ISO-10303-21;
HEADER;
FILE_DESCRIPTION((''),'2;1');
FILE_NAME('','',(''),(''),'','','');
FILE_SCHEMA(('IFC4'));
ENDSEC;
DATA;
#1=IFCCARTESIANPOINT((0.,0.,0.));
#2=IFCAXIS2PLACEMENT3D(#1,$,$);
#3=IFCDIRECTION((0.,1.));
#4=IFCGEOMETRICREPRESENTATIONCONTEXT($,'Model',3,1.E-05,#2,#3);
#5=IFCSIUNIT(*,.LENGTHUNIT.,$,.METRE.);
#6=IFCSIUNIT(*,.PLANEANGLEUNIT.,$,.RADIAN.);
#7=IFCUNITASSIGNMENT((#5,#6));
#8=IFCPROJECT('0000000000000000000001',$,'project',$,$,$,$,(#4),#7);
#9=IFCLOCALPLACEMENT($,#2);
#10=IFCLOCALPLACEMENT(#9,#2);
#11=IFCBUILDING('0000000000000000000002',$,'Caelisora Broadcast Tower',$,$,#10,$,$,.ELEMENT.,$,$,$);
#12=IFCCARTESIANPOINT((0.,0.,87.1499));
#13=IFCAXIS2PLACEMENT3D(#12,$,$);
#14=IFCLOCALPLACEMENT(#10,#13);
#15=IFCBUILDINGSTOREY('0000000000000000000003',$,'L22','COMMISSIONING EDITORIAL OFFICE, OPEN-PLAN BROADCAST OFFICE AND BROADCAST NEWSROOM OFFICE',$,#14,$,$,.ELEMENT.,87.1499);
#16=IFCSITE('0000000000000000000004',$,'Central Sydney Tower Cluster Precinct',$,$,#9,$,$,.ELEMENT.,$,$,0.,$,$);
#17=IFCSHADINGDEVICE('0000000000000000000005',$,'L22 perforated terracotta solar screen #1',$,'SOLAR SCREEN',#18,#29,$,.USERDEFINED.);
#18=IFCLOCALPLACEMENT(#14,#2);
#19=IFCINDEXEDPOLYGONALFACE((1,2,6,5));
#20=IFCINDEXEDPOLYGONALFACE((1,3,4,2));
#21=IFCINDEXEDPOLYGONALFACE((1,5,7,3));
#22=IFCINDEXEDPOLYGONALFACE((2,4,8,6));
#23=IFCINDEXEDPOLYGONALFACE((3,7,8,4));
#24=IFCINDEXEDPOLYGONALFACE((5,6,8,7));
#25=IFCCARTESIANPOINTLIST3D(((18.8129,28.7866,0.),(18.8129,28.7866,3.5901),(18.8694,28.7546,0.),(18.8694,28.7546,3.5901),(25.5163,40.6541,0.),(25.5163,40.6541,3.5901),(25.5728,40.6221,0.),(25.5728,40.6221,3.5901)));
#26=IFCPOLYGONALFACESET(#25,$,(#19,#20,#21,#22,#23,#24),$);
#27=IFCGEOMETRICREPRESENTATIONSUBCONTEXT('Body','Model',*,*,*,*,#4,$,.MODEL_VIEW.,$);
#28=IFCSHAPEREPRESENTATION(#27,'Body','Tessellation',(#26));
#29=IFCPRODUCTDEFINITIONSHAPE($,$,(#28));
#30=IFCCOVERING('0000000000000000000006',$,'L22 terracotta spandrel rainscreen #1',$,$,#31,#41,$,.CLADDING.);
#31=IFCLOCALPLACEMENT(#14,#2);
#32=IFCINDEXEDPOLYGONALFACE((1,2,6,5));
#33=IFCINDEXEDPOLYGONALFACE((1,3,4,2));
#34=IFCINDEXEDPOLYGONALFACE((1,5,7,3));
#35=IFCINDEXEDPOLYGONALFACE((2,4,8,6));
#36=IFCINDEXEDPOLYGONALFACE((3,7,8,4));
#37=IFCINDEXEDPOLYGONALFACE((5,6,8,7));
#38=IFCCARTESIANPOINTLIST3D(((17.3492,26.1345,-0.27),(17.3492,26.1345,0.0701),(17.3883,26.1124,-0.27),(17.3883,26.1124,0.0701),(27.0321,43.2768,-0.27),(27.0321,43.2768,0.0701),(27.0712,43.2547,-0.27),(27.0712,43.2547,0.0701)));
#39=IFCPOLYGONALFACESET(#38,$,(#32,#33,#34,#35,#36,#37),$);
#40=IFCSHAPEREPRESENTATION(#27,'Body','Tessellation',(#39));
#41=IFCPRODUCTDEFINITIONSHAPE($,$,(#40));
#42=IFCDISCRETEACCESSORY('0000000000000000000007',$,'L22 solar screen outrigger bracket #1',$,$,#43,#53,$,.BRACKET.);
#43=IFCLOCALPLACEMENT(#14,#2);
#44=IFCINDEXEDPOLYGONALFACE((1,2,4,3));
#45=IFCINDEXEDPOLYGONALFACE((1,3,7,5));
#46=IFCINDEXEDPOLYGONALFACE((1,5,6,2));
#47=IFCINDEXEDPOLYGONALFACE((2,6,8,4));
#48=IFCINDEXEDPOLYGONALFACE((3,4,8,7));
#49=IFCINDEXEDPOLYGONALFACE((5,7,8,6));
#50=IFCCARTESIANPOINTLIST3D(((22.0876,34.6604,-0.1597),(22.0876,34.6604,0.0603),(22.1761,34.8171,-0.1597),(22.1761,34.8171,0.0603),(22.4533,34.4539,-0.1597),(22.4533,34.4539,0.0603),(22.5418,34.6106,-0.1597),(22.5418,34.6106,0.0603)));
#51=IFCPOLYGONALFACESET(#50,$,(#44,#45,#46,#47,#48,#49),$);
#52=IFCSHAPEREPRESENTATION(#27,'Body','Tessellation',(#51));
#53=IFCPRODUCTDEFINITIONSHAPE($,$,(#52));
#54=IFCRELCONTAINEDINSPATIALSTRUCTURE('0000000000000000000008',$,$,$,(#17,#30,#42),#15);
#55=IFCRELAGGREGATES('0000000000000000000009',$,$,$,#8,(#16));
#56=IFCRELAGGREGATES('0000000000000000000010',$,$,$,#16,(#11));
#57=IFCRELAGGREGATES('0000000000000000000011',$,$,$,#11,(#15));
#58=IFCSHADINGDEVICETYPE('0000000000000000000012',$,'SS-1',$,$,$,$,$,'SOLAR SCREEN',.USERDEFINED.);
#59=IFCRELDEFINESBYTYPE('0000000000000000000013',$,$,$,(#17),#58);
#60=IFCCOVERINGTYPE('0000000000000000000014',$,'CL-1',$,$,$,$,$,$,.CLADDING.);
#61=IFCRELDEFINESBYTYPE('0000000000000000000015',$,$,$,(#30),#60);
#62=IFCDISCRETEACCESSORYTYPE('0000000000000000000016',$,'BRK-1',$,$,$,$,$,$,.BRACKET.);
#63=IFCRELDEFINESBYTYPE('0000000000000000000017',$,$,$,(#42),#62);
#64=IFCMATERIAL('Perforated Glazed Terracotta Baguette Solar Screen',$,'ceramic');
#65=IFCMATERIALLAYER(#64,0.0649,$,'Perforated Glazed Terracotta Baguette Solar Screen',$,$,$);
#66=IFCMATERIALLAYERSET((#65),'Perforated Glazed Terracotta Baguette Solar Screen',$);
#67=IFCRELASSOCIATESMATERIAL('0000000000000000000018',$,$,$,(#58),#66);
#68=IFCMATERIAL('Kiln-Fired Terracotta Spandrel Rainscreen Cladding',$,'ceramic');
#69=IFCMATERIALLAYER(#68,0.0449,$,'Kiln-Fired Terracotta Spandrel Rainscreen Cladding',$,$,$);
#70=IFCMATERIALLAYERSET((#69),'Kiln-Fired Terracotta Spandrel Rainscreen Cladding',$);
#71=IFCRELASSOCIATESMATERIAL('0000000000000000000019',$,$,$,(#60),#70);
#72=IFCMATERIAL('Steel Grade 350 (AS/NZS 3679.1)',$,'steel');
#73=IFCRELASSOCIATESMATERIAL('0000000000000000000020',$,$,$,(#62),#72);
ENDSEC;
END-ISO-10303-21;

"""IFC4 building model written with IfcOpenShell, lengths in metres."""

from ifc_helpers import new_model, si_unit, direction, frame, origin, origin_2d, place, context, subcontext, project, spatial, rectangle, extrude, source, transform, mapped, material, layer, layer_set, type_object, type_shapes, element, save


model = new_model("IFC4")

# Units and contexts
model_context = context("Model", 3, precision=1e-05, world=origin(), true_north=direction((0.0, 1.0)))
body_context = subcontext(model_context, "Body", "Model", "MODEL_VIEW")
ifc_project = project(units=[si_unit("LENGTHUNIT", "METRE"), si_unit("PLANEANGLEUNIT", "RADIAN")], contexts=[model_context])

# Site, building, storey
site_placement = place(None, origin())
site = spatial("IfcSite", under=ifc_project, at=site_placement, Name="Central Sydney Tower Cluster Precinct", CompositionType="ELEMENT", RefElevation=0.0)
building_placement = place(site_placement, origin())
building = spatial("IfcBuilding", under=site, at=building_placement, Name="Caelisora Broadcast Tower", CompositionType="ELEMENT")
storey_placement = place(building_placement, frame((0.0, 0.0, 87.1499)))
storey = spatial("IfcBuildingStorey", under=building, at=storey_placement, Name="L22", Description="COMMISSIONING EDITORIAL OFFICE, OPEN-PLAN BROADCAST OFFICE AND BROADCAST NEWSROOM OFFICE", CompositionType="ELEMENT", Elevation=87.1499)

# Shared definitions
ifc_material_1 = material(Name="Steel Grade 350 (AS/NZS 3679.1)", Category="steel")

# Shading device
ifc_material_2 = material(Name="Perforated Glazed Terracotta Baguette Solar Screen", Category="ceramic")
ifc_layer_1 = layer(ifc_material_2, 0.0649, Name="Perforated Glazed Terracotta Baguette Solar Screen")
ifc_layer_set_1 = layer_set([ifc_layer_1], Name="Perforated Glazed Terracotta Baguette Solar Screen")
shading_device_type = type_object("IfcShadingDeviceType", Name="SS-1", ElementType="SOLAR SCREEN", PredefinedType="USERDEFINED", material=ifc_layer_set_1)
shared_shape_1 = source(origin(), body_context, "Body", "SweptSolid", [
    extrude(rectangle(XDim=13.6299, YDim=0.0649, at=origin_2d()), origin(), (0.0, 0.0, 1.0), 3.5901),
])
type_shapes(shading_device_type, [shared_shape_1])
shading_device_placement = place(storey_placement, frame((22.1929, 34.7043, 0.0), z_axis=(0.0, 0.0, 1.0), x_axis=(-0.491816, -0.870699, 0.0)))
element("IfcShadingDevice", 1, at=shading_device_placement, inside=storey, type_object=shading_device_type, Name="L22 perforated terracotta solar screen #1", ObjectType="SOLAR SCREEN", PredefinedType="USERDEFINED", context=body_context, shape_type="MappedRepresentation", body=[
    mapped(shared_shape_1, transform((0.0, 0.0, 0.0), scale=1.0)),
])

# Covering
ifc_material_3 = material(Name="Kiln-Fired Terracotta Spandrel Rainscreen Cladding", Category="ceramic")
ifc_layer_2 = layer(ifc_material_3, 0.0449, Name="Kiln-Fired Terracotta Spandrel Rainscreen Cladding")
ifc_layer_set_2 = layer_set([ifc_layer_2], Name="Kiln-Fired Terracotta Spandrel Rainscreen Cladding")
covering_type = type_object("IfcCoveringType", Name="CL-1", PredefinedType="CLADDING", material=ifc_layer_set_2)
shared_shape_2 = source(origin(), body_context, "Body", "SweptSolid", [
    extrude(rectangle(XDim=19.688, YDim=0.0449, at=origin_2d()), origin(), (0.0, 0.0, 1.0), 0.3401),
])
type_shapes(covering_type, [shared_shape_2])
covering_placement = place(storey_placement, frame((22.2102, 34.6946, -0.27), z_axis=(0.0, 0.0, 1.0), x_axis=(-0.491816, -0.870699, 0.0)))
element("IfcCovering", 2, at=covering_placement, inside=storey, type_object=covering_type, Name="L22 terracotta spandrel rainscreen #1", PredefinedType="CLADDING", context=body_context, shape_type="MappedRepresentation", body=[
    mapped(shared_shape_2, transform((0.0, 0.0, 0.0), scale=1.0)),
])

# Discrete accessory
discrete_accessory_type = type_object("IfcDiscreteAccessoryType", Name="BRK-1", PredefinedType="BRACKET", material=ifc_material_1)
shared_shape_3 = source(origin(), body_context, "Body", "SweptSolid", [
    extrude(rectangle(XDim=0.1799, YDim=0.4199, at=origin_2d()), origin(), (0.0, 0.0, 1.0), 0.22),
])
type_shapes(discrete_accessory_type, [shared_shape_3])
discrete_accessory_placement = place(storey_placement, frame((22.3147, 34.6355, -0.1597), z_axis=(0.0, 0.0, 1.0), x_axis=(-0.491816, -0.870699, 0.0)))
element("IfcDiscreteAccessory", 3, at=discrete_accessory_placement, inside=storey, type_object=discrete_accessory_type, Name="L22 solar screen outrigger bracket #1", PredefinedType="BRACKET", context=body_context, shape_type="MappedRepresentation", body=[
    mapped(shared_shape_3, transform((0.0, 0.0, 0.0), scale=1.0)),
])

save(model, "model.ifc")
